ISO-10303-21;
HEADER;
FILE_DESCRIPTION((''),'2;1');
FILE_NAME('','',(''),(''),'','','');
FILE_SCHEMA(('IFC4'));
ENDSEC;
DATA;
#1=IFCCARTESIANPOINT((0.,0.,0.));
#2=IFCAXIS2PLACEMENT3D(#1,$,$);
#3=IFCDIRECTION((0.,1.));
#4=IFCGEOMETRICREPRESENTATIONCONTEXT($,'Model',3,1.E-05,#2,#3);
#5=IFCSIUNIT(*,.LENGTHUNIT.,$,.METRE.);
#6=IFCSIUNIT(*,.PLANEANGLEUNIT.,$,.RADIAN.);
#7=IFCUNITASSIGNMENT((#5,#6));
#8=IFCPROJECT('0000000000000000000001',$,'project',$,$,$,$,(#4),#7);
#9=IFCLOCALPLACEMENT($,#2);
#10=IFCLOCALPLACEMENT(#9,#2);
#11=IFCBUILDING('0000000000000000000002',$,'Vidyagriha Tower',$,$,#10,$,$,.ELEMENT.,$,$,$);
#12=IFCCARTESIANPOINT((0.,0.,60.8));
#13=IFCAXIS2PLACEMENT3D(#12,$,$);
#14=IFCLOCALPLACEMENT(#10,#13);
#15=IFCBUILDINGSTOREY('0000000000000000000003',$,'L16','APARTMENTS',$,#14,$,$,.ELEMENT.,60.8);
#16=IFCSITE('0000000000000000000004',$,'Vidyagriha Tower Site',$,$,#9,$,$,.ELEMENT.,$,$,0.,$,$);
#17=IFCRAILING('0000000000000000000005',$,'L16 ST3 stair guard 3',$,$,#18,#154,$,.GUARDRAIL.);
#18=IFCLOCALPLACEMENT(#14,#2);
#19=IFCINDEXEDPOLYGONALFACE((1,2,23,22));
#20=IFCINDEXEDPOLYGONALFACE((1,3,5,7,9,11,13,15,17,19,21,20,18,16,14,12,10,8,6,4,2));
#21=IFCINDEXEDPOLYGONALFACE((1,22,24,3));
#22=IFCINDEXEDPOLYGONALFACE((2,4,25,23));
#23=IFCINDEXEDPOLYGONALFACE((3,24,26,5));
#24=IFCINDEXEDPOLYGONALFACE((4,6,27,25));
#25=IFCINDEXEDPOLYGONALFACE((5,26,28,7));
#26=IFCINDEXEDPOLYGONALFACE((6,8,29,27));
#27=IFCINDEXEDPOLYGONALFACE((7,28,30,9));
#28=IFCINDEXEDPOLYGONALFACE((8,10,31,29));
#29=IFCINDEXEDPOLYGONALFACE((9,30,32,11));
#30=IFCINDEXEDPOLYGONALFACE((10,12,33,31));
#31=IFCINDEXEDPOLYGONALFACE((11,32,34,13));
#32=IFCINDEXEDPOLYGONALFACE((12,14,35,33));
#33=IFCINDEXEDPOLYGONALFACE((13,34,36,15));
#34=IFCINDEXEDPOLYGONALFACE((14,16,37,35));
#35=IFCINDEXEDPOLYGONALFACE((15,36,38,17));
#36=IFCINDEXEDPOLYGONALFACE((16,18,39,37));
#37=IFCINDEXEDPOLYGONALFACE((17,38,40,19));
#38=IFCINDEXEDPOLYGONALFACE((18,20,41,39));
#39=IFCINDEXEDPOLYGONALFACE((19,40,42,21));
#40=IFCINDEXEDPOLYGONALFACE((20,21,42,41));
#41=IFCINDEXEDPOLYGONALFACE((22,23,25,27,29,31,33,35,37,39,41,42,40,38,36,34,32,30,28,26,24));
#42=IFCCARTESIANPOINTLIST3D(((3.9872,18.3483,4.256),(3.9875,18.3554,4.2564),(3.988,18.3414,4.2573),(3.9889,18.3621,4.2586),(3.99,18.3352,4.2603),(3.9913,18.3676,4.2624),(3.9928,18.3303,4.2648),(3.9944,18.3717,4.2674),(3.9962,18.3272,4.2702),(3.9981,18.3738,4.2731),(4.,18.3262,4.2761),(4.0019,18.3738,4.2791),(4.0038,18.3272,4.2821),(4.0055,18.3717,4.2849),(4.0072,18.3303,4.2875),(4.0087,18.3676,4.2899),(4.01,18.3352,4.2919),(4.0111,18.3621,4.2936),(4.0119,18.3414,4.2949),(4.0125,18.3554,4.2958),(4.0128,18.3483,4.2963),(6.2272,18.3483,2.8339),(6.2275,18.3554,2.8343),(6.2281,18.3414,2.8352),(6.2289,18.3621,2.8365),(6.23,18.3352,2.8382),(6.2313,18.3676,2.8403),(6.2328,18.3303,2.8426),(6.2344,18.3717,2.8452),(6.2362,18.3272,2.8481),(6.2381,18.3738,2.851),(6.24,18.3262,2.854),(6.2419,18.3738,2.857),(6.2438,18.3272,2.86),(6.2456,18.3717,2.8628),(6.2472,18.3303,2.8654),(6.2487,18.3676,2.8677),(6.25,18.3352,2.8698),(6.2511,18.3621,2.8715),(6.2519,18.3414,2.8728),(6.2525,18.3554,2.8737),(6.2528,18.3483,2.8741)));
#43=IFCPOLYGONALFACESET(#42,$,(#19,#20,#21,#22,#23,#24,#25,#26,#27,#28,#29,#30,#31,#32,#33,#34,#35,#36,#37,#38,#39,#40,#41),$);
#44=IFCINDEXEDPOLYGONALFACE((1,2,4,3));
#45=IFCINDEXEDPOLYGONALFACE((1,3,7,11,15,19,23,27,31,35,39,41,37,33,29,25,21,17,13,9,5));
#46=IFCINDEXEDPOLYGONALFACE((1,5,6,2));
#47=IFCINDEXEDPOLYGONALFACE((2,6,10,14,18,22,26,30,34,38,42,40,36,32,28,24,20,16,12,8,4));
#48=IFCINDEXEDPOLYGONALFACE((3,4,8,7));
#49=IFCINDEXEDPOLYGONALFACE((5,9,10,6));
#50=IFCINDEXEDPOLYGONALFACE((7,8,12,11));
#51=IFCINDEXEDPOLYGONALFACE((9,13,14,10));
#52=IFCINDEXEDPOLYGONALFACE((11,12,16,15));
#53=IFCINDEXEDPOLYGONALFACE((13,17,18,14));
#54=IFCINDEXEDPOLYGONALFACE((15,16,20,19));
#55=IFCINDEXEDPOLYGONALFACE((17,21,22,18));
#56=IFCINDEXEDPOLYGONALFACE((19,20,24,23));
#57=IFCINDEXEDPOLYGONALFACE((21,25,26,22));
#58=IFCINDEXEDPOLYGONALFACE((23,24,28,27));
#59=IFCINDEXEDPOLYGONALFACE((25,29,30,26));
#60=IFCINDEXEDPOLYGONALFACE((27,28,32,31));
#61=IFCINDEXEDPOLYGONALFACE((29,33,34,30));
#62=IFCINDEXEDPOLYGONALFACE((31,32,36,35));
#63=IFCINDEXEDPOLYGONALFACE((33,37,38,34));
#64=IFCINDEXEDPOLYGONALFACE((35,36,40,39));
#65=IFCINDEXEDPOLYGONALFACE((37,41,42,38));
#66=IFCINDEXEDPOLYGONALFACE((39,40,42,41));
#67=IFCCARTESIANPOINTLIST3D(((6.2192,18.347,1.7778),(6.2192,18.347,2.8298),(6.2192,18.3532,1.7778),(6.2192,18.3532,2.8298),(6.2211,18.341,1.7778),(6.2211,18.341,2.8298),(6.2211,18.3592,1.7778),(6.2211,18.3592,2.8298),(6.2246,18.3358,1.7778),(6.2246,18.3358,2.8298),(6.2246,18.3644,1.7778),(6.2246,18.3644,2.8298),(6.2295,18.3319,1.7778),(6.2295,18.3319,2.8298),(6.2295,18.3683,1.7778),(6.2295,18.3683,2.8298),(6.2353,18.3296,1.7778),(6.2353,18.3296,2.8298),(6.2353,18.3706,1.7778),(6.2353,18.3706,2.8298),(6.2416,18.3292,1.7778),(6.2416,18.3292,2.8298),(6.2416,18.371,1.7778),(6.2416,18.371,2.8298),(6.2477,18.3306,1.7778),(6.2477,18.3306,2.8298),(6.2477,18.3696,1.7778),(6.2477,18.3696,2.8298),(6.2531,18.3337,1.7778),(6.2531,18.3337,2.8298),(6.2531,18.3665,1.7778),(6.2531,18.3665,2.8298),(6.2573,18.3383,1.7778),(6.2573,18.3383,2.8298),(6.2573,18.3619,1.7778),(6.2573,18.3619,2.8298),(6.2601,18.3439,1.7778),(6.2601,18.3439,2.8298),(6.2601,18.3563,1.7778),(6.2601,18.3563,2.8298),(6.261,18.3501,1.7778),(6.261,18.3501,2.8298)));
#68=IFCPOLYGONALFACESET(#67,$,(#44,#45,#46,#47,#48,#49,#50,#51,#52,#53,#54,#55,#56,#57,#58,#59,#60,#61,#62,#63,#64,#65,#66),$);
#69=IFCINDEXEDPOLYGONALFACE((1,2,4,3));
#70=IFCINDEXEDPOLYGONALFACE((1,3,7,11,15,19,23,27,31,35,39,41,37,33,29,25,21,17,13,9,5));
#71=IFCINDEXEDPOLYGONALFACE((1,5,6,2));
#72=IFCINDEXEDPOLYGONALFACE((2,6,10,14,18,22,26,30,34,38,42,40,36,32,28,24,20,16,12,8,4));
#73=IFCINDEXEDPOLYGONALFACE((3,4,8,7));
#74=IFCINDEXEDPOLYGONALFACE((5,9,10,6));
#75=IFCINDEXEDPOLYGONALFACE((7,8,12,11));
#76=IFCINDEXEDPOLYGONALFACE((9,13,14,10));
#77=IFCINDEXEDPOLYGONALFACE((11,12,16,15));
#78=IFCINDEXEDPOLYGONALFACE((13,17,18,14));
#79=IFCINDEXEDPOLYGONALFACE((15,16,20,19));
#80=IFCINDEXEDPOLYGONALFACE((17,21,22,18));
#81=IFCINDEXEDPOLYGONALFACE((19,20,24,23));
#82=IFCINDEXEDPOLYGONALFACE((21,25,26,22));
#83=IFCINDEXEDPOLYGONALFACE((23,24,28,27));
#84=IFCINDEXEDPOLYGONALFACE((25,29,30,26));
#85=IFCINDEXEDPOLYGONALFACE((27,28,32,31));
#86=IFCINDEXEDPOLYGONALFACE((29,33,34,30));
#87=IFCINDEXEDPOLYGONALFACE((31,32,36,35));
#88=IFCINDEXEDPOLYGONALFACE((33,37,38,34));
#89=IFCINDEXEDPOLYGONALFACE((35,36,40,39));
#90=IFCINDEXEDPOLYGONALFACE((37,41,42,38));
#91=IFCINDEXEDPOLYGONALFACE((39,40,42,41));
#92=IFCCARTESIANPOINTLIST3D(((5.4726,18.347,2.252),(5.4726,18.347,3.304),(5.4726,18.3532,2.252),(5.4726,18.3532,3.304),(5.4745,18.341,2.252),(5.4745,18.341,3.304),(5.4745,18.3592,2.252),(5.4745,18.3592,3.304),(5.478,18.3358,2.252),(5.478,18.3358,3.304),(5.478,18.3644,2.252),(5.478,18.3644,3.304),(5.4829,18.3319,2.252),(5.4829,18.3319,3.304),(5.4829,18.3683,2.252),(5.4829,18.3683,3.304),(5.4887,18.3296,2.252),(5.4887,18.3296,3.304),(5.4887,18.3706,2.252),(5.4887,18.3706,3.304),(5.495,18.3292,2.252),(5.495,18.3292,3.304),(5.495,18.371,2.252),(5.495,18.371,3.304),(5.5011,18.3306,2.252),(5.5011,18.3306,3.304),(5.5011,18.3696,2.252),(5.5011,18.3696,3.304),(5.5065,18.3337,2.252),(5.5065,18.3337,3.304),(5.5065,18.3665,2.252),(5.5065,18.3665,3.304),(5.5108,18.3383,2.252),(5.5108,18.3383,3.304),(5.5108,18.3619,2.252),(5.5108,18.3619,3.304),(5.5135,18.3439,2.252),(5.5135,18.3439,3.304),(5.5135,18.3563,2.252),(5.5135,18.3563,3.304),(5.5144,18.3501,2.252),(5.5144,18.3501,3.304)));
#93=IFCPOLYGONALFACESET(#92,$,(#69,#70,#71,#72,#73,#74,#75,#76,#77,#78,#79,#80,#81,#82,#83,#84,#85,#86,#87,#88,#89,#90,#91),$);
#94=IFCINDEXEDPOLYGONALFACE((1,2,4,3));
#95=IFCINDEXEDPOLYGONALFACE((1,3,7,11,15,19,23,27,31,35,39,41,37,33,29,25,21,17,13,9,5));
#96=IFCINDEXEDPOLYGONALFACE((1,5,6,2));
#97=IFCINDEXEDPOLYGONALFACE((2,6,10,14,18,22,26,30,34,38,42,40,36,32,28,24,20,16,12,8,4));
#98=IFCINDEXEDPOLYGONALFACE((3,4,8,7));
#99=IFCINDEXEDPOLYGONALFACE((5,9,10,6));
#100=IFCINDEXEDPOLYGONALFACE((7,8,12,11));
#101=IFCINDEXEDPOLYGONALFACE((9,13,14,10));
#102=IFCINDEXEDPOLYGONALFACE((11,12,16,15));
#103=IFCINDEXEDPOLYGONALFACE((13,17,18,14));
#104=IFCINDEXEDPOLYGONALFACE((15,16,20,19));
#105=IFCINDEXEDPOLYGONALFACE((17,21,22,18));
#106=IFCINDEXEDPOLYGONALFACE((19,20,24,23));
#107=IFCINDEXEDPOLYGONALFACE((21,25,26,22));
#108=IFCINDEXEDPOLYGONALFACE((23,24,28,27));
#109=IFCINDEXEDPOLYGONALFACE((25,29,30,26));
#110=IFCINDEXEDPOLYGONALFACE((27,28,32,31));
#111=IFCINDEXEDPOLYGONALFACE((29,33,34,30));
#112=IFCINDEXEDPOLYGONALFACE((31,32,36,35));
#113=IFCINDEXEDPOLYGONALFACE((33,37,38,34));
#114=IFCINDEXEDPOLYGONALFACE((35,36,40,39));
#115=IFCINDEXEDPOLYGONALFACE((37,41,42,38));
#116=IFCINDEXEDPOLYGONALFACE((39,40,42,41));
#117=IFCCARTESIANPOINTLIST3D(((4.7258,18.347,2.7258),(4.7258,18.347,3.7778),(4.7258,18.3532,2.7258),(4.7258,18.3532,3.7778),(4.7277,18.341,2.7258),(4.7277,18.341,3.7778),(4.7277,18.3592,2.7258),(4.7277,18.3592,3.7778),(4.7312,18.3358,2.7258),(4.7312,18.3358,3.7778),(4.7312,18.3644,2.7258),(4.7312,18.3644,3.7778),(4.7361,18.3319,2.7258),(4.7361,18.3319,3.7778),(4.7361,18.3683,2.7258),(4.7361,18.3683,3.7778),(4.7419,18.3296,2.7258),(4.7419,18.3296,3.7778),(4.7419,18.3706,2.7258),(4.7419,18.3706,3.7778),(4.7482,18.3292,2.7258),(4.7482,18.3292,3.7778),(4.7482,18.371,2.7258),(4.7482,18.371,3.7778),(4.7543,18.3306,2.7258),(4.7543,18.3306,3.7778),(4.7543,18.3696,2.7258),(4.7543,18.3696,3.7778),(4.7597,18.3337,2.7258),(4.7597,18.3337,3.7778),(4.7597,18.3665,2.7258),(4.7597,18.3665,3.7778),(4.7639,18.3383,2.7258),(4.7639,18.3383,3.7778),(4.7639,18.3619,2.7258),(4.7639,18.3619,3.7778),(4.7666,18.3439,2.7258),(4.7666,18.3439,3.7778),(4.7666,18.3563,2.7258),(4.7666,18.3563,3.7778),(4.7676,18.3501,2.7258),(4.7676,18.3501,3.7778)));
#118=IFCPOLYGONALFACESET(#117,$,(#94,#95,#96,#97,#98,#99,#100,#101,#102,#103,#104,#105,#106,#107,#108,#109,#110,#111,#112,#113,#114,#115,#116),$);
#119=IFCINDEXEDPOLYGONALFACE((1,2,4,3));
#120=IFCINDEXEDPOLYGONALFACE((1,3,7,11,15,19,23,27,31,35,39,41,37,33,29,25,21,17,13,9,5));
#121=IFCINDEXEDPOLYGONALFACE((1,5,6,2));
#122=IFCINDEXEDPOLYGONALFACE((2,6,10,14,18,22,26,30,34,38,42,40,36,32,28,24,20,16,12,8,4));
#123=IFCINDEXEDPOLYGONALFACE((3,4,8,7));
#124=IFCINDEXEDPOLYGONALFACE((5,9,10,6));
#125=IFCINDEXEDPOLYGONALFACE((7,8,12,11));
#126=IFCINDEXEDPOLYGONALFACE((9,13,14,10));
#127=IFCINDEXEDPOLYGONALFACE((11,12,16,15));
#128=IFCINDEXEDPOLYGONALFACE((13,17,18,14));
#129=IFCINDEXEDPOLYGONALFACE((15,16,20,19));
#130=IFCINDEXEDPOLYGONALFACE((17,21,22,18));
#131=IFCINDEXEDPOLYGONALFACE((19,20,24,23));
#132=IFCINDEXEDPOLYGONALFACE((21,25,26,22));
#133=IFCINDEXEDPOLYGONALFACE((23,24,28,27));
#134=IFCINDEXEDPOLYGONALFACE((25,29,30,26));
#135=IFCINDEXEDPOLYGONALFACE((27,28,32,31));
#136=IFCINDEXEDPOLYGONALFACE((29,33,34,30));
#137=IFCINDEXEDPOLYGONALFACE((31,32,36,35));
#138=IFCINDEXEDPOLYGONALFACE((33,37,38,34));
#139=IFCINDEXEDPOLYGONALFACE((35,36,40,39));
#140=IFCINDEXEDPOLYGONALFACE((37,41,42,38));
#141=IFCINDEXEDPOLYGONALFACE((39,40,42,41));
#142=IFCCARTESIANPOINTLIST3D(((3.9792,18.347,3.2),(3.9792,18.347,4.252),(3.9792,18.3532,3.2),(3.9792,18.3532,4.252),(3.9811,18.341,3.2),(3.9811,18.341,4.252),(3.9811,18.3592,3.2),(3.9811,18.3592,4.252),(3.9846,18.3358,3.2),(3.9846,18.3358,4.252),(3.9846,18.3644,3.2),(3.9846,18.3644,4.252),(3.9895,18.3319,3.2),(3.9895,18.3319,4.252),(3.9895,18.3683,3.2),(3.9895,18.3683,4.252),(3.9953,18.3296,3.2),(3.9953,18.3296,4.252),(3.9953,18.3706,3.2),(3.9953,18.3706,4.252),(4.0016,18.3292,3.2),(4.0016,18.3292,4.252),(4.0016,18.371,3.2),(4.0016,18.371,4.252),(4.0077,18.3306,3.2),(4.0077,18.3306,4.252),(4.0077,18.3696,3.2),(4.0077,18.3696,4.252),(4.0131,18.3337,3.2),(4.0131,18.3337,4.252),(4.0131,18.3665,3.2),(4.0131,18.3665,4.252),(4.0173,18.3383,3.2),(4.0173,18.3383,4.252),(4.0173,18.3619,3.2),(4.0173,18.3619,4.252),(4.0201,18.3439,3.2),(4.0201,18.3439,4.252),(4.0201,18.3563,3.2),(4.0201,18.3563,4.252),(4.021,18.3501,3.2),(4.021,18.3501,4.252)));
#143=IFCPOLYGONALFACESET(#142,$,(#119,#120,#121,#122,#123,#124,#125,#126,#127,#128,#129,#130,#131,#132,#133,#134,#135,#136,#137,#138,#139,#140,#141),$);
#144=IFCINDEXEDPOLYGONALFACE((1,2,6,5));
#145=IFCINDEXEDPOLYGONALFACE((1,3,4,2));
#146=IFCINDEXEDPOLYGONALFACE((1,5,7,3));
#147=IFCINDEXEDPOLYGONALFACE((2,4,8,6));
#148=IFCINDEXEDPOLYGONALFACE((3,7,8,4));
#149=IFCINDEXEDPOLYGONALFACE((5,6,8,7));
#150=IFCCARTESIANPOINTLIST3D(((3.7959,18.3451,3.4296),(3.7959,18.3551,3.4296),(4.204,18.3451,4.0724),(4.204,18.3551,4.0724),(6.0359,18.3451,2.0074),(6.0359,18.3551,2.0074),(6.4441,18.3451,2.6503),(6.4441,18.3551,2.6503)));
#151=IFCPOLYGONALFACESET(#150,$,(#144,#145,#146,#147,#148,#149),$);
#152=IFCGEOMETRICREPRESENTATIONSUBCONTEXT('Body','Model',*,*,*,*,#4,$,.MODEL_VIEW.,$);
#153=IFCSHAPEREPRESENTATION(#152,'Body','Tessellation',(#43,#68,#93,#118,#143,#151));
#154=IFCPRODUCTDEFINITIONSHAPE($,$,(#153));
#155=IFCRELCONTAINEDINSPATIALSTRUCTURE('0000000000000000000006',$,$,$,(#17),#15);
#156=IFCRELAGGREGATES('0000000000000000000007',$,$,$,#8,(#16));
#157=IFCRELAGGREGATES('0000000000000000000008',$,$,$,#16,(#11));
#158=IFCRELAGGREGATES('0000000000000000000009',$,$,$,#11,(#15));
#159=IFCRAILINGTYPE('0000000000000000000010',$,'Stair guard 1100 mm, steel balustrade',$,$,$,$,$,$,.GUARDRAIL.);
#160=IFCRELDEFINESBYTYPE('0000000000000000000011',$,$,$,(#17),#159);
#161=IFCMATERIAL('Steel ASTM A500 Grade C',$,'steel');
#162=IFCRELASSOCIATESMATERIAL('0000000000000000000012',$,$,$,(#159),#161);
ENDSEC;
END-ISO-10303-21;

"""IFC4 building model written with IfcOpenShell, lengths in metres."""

from ifc_helpers import new_model, si_unit, direction, frame, origin, origin_2d, place, context, subcontext, project, spatial, rectangle, circle, extrude, material, type_object, element, save


model = new_model("IFC4")

# Units and contexts
model_context = context("Model", 3, precision=1e-05, world=origin(), true_north=direction((0.0, 1.0)))
body_context = subcontext(model_context, "Body", "Model", "MODEL_VIEW")
ifc_project = project(units=[si_unit("LENGTHUNIT", "METRE"), si_unit("PLANEANGLEUNIT", "RADIAN")], contexts=[model_context])

# Site, building, storey
site_placement = place(None, origin())
site = spatial("IfcSite", under=ifc_project, at=site_placement, Name="Vidyagriha Tower Site", CompositionType="ELEMENT", RefElevation=0.0)
building_placement = place(site_placement, origin())
building = spatial("IfcBuilding", under=site, at=building_placement, Name="Vidyagriha Tower", CompositionType="ELEMENT")
storey_placement = place(building_placement, frame((0.0, 0.0, 60.8)))
storey = spatial("IfcBuildingStorey", under=building, at=storey_placement, Name="L16", Description="APARTMENTS", CompositionType="ELEMENT", Elevation=60.8)

# Railing
ifc_material_1 = material(Name="Steel ASTM A500 Grade C", Category="steel")
railing_type_1 = type_object("IfcRailingType", Name="Stair guard 1100 mm, steel balustrade", PredefinedType="GUARDRAIL", material=ifc_material_1)
railing_1_placement = place(storey_placement, frame((6.24, 18.3501, 1.7778)))
element("IfcRailing", 1, at=railing_1_placement, inside=storey, type_object=railing_type_1, Name="L16 ST3 stair guard 3", PredefinedType="GUARDRAIL", context=body_context, shape_type="SweptSolid", body=[
    extrude(circle(Radius=0.0239, at=origin_2d()), frame((0.0, 0.0, 1.0762), z_axis=(-0.844229, 0.0, 0.535982), x_axis=(0.0, -1.0, 0.0)), (0.0, 0.0, 1.0), 2.6533),
    extrude(circle(Radius=0.021, at=origin_2d()), origin(), (0.0, 0.0, 1.0), 1.052),
    extrude(circle(Radius=0.021, at=origin_2d()), frame((-0.7466, 0.0, 0.4741)), (0.0, 0.0, 1.0), 1.052),
    extrude(circle(Radius=0.021, at=origin_2d()), frame((-1.4934, 0.0, 0.948)), (0.0, 0.0, 1.0), 1.052),
    extrude(circle(Radius=0.021, at=origin_2d()), frame((-2.24, 0.0, 1.4221)), (0.0, 0.0, 1.0), 1.052),
    extrude(rectangle(XDim=0.01, YDim=0.7615, at=origin_2d()), frame((0.0, 0.0, 0.551), z_axis=(-0.844229, 0.0, 0.535982), x_axis=(0.0, -1.0, 0.0)), (0.0, 0.0, 1.0), 2.6533),
])

save(model, "model.ifc")
